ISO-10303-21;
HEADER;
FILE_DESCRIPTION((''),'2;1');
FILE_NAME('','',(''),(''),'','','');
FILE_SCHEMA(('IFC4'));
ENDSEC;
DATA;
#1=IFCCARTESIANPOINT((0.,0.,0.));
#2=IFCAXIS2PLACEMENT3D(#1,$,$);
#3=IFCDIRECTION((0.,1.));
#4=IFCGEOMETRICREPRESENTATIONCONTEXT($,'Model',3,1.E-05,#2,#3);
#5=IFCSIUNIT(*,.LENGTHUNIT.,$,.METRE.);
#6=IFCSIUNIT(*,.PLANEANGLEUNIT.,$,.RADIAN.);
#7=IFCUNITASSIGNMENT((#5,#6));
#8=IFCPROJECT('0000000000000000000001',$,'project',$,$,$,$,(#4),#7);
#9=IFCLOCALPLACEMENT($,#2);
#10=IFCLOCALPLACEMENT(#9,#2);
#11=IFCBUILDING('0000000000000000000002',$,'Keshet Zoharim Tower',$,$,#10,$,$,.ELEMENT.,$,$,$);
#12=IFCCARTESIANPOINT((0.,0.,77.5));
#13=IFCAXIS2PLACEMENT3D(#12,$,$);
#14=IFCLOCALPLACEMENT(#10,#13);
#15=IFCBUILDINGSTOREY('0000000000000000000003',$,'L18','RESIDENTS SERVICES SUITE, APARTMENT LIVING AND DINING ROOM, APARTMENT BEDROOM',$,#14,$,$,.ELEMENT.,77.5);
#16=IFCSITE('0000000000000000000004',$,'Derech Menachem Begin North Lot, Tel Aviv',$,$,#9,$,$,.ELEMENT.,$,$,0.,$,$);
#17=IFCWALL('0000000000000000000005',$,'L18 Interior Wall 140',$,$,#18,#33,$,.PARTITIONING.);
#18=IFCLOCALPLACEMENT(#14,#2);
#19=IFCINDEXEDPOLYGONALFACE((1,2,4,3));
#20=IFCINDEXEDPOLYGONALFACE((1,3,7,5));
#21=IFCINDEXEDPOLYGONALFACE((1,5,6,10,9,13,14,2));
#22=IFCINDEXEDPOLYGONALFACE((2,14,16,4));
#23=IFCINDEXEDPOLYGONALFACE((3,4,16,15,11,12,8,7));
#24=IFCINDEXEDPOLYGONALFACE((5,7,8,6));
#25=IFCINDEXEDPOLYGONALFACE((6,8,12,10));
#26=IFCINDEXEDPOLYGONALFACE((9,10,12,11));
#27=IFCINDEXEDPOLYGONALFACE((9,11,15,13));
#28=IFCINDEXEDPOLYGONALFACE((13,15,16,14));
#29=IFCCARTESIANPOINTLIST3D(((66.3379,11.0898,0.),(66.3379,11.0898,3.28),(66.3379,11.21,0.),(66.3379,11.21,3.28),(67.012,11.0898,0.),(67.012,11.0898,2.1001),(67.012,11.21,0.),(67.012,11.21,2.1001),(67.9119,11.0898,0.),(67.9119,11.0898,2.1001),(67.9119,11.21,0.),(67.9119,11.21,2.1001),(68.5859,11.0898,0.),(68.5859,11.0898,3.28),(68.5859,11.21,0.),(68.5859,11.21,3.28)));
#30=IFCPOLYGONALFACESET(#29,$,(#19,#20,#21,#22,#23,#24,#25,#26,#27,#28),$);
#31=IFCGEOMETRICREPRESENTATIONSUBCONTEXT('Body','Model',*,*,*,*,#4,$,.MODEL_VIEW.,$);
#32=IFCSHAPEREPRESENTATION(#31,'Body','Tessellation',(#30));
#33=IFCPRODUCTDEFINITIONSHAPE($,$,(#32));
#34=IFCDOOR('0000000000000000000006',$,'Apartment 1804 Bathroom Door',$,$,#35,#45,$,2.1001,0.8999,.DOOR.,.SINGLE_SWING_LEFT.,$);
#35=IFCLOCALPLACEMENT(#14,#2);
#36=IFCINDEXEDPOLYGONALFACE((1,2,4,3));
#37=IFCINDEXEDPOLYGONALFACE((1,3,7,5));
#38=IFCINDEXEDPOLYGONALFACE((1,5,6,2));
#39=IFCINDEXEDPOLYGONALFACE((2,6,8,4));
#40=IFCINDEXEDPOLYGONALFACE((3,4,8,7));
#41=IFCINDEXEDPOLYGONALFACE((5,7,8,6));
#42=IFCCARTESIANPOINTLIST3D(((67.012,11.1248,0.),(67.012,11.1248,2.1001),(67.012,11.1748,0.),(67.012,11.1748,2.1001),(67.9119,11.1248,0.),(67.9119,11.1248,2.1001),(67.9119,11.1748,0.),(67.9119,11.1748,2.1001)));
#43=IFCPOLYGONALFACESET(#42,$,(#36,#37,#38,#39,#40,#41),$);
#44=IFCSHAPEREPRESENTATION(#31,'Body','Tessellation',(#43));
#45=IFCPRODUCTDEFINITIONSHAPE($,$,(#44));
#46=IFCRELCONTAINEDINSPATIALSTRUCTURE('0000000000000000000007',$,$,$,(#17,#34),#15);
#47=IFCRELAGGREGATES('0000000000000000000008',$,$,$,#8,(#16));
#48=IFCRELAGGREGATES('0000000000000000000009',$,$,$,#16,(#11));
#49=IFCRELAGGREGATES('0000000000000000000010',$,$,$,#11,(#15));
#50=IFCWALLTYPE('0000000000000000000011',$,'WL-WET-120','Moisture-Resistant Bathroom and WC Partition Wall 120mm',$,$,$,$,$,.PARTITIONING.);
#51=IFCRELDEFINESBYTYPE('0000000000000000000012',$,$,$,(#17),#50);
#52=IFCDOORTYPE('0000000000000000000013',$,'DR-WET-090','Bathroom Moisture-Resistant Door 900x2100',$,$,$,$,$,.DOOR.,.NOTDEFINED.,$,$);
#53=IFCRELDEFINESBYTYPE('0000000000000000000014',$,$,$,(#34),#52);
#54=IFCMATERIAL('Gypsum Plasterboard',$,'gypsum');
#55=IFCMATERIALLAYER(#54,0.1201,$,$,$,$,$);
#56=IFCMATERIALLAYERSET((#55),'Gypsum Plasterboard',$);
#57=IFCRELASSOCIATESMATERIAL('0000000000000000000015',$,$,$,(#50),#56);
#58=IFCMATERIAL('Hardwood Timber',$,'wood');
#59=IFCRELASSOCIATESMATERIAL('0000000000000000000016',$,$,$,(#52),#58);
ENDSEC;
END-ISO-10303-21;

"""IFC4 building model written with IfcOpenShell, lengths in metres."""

from ifc_helpers import new_model, si_unit, direction, frame, frame_2d, origin, place, context, subcontext, project, spatial, rectangle, extrude, material, layer, layer_set, type_object, element, fill, save


model = new_model("IFC4")

# Units and contexts
model_context = context("Model", 3, precision=1e-05, world=origin(), true_north=direction((0.0, 1.0)))
body_context = subcontext(model_context, "Body", "Model", "MODEL_VIEW")
ifc_project = project(units=[si_unit("LENGTHUNIT", "METRE"), si_unit("PLANEANGLEUNIT", "RADIAN")], contexts=[model_context])

# Site, building, storey
site_placement = place(None, origin())
site = spatial("IfcSite", under=ifc_project, at=site_placement, Name="Derech Menachem Begin North Lot, Tel Aviv", CompositionType="ELEMENT", RefElevation=0.0)
building_placement = place(site_placement, origin())
building = spatial("IfcBuilding", under=site, at=building_placement, Name="Keshet Zoharim Tower", CompositionType="ELEMENT")
storey_placement = place(building_placement, frame((0.0, 0.0, 77.5)))
storey = spatial("IfcBuildingStorey", under=building, at=storey_placement, Name="L18", Description="RESIDENTS SERVICES SUITE, APARTMENT LIVING AND DINING ROOM, APARTMENT BEDROOM", CompositionType="ELEMENT", Elevation=77.5)

# Shared definitions
ifc_material_1 = material(Name="Hardwood Timber", Category="wood")

# Shared definitions
ifc_material_2 = material(Name="Gypsum Plasterboard", Category="gypsum")

# Shared definitions
ifc_layer_1 = layer(ifc_material_2, 0.1201)
ifc_layer_set_1 = layer_set([ifc_layer_1], Name="Gypsum Plasterboard")
wall_type_1 = type_object("IfcWallType", Name="WL-WET-120", Description="Moisture-Resistant Bathroom and WC Partition Wall 120mm", PredefinedType="PARTITIONING", material=ifc_layer_set_1)

# Wall, opening, door
wall_1_placement = place(storey_placement, frame((66.3379, 11.1499, 0.0), z_axis=(0.0, 0.0, 1.0), x_axis=(1.0, 0.0, 0.0)))
wall_1 = element("IfcWall", 1, at=wall_1_placement, inside=storey, type_object=wall_type_1, Name="L18 Interior Wall 140", PredefinedType="PARTITIONING", context=body_context, shape_type="SweptSolid", body=[
    extrude(rectangle(XDim=2.248, YDim=0.1201, at=frame_2d((1.124, 0.0))), origin(), (0.0, 0.0, 1.0), 3.28),
])
opening_1_placement = place(wall_1_placement, frame((0.6741, 0.0, 0.0)))
opening_1 = element("IfcOpeningElement", 2, at=opening_1_placement, cuts=wall_1, PredefinedType="OPENING", context=body_context, shape_type="SweptSolid", body=[
    extrude(rectangle(XDim=0.8999, YDim=2.1001, at=frame_2d((0.45, 1.05))), frame((0.0, 0.0701, 0.0), z_axis=(0.0, -1.0, 0.0), x_axis=(1.0, 0.0, 0.0)), (0.0, 0.0, 1.0), 0.1401),
])
door_type_1 = type_object("IfcDoorType", Name="DR-WET-090", Description="Bathroom Moisture-Resistant Door 900x2100", OperationType="NOTDEFINED", PredefinedType="DOOR", material=ifc_material_1)
door_1_placement = place(opening_1_placement, origin())
door_1 = element("IfcDoor", 3, at=door_1_placement, inside=storey, type_object=door_type_1, Name="Apartment 1804 Bathroom Door", OperationType="SINGLE_SWING_LEFT", OverallHeight=2.1001, OverallWidth=0.8999, PredefinedType="DOOR", context=body_context, shape_type="SweptSolid", body=[
    extrude(rectangle(XDim=0.8999, YDim=2.1001, at=frame_2d((0.45, 1.05))), frame((0.0, 0.0249, 0.0), z_axis=(0.0, -1.0, 0.0), x_axis=(1.0, 0.0, 0.0)), (0.0, 0.0, 1.0), 0.05),
])
fill(opening_1, door_1)

save(model, "model.ifc")
